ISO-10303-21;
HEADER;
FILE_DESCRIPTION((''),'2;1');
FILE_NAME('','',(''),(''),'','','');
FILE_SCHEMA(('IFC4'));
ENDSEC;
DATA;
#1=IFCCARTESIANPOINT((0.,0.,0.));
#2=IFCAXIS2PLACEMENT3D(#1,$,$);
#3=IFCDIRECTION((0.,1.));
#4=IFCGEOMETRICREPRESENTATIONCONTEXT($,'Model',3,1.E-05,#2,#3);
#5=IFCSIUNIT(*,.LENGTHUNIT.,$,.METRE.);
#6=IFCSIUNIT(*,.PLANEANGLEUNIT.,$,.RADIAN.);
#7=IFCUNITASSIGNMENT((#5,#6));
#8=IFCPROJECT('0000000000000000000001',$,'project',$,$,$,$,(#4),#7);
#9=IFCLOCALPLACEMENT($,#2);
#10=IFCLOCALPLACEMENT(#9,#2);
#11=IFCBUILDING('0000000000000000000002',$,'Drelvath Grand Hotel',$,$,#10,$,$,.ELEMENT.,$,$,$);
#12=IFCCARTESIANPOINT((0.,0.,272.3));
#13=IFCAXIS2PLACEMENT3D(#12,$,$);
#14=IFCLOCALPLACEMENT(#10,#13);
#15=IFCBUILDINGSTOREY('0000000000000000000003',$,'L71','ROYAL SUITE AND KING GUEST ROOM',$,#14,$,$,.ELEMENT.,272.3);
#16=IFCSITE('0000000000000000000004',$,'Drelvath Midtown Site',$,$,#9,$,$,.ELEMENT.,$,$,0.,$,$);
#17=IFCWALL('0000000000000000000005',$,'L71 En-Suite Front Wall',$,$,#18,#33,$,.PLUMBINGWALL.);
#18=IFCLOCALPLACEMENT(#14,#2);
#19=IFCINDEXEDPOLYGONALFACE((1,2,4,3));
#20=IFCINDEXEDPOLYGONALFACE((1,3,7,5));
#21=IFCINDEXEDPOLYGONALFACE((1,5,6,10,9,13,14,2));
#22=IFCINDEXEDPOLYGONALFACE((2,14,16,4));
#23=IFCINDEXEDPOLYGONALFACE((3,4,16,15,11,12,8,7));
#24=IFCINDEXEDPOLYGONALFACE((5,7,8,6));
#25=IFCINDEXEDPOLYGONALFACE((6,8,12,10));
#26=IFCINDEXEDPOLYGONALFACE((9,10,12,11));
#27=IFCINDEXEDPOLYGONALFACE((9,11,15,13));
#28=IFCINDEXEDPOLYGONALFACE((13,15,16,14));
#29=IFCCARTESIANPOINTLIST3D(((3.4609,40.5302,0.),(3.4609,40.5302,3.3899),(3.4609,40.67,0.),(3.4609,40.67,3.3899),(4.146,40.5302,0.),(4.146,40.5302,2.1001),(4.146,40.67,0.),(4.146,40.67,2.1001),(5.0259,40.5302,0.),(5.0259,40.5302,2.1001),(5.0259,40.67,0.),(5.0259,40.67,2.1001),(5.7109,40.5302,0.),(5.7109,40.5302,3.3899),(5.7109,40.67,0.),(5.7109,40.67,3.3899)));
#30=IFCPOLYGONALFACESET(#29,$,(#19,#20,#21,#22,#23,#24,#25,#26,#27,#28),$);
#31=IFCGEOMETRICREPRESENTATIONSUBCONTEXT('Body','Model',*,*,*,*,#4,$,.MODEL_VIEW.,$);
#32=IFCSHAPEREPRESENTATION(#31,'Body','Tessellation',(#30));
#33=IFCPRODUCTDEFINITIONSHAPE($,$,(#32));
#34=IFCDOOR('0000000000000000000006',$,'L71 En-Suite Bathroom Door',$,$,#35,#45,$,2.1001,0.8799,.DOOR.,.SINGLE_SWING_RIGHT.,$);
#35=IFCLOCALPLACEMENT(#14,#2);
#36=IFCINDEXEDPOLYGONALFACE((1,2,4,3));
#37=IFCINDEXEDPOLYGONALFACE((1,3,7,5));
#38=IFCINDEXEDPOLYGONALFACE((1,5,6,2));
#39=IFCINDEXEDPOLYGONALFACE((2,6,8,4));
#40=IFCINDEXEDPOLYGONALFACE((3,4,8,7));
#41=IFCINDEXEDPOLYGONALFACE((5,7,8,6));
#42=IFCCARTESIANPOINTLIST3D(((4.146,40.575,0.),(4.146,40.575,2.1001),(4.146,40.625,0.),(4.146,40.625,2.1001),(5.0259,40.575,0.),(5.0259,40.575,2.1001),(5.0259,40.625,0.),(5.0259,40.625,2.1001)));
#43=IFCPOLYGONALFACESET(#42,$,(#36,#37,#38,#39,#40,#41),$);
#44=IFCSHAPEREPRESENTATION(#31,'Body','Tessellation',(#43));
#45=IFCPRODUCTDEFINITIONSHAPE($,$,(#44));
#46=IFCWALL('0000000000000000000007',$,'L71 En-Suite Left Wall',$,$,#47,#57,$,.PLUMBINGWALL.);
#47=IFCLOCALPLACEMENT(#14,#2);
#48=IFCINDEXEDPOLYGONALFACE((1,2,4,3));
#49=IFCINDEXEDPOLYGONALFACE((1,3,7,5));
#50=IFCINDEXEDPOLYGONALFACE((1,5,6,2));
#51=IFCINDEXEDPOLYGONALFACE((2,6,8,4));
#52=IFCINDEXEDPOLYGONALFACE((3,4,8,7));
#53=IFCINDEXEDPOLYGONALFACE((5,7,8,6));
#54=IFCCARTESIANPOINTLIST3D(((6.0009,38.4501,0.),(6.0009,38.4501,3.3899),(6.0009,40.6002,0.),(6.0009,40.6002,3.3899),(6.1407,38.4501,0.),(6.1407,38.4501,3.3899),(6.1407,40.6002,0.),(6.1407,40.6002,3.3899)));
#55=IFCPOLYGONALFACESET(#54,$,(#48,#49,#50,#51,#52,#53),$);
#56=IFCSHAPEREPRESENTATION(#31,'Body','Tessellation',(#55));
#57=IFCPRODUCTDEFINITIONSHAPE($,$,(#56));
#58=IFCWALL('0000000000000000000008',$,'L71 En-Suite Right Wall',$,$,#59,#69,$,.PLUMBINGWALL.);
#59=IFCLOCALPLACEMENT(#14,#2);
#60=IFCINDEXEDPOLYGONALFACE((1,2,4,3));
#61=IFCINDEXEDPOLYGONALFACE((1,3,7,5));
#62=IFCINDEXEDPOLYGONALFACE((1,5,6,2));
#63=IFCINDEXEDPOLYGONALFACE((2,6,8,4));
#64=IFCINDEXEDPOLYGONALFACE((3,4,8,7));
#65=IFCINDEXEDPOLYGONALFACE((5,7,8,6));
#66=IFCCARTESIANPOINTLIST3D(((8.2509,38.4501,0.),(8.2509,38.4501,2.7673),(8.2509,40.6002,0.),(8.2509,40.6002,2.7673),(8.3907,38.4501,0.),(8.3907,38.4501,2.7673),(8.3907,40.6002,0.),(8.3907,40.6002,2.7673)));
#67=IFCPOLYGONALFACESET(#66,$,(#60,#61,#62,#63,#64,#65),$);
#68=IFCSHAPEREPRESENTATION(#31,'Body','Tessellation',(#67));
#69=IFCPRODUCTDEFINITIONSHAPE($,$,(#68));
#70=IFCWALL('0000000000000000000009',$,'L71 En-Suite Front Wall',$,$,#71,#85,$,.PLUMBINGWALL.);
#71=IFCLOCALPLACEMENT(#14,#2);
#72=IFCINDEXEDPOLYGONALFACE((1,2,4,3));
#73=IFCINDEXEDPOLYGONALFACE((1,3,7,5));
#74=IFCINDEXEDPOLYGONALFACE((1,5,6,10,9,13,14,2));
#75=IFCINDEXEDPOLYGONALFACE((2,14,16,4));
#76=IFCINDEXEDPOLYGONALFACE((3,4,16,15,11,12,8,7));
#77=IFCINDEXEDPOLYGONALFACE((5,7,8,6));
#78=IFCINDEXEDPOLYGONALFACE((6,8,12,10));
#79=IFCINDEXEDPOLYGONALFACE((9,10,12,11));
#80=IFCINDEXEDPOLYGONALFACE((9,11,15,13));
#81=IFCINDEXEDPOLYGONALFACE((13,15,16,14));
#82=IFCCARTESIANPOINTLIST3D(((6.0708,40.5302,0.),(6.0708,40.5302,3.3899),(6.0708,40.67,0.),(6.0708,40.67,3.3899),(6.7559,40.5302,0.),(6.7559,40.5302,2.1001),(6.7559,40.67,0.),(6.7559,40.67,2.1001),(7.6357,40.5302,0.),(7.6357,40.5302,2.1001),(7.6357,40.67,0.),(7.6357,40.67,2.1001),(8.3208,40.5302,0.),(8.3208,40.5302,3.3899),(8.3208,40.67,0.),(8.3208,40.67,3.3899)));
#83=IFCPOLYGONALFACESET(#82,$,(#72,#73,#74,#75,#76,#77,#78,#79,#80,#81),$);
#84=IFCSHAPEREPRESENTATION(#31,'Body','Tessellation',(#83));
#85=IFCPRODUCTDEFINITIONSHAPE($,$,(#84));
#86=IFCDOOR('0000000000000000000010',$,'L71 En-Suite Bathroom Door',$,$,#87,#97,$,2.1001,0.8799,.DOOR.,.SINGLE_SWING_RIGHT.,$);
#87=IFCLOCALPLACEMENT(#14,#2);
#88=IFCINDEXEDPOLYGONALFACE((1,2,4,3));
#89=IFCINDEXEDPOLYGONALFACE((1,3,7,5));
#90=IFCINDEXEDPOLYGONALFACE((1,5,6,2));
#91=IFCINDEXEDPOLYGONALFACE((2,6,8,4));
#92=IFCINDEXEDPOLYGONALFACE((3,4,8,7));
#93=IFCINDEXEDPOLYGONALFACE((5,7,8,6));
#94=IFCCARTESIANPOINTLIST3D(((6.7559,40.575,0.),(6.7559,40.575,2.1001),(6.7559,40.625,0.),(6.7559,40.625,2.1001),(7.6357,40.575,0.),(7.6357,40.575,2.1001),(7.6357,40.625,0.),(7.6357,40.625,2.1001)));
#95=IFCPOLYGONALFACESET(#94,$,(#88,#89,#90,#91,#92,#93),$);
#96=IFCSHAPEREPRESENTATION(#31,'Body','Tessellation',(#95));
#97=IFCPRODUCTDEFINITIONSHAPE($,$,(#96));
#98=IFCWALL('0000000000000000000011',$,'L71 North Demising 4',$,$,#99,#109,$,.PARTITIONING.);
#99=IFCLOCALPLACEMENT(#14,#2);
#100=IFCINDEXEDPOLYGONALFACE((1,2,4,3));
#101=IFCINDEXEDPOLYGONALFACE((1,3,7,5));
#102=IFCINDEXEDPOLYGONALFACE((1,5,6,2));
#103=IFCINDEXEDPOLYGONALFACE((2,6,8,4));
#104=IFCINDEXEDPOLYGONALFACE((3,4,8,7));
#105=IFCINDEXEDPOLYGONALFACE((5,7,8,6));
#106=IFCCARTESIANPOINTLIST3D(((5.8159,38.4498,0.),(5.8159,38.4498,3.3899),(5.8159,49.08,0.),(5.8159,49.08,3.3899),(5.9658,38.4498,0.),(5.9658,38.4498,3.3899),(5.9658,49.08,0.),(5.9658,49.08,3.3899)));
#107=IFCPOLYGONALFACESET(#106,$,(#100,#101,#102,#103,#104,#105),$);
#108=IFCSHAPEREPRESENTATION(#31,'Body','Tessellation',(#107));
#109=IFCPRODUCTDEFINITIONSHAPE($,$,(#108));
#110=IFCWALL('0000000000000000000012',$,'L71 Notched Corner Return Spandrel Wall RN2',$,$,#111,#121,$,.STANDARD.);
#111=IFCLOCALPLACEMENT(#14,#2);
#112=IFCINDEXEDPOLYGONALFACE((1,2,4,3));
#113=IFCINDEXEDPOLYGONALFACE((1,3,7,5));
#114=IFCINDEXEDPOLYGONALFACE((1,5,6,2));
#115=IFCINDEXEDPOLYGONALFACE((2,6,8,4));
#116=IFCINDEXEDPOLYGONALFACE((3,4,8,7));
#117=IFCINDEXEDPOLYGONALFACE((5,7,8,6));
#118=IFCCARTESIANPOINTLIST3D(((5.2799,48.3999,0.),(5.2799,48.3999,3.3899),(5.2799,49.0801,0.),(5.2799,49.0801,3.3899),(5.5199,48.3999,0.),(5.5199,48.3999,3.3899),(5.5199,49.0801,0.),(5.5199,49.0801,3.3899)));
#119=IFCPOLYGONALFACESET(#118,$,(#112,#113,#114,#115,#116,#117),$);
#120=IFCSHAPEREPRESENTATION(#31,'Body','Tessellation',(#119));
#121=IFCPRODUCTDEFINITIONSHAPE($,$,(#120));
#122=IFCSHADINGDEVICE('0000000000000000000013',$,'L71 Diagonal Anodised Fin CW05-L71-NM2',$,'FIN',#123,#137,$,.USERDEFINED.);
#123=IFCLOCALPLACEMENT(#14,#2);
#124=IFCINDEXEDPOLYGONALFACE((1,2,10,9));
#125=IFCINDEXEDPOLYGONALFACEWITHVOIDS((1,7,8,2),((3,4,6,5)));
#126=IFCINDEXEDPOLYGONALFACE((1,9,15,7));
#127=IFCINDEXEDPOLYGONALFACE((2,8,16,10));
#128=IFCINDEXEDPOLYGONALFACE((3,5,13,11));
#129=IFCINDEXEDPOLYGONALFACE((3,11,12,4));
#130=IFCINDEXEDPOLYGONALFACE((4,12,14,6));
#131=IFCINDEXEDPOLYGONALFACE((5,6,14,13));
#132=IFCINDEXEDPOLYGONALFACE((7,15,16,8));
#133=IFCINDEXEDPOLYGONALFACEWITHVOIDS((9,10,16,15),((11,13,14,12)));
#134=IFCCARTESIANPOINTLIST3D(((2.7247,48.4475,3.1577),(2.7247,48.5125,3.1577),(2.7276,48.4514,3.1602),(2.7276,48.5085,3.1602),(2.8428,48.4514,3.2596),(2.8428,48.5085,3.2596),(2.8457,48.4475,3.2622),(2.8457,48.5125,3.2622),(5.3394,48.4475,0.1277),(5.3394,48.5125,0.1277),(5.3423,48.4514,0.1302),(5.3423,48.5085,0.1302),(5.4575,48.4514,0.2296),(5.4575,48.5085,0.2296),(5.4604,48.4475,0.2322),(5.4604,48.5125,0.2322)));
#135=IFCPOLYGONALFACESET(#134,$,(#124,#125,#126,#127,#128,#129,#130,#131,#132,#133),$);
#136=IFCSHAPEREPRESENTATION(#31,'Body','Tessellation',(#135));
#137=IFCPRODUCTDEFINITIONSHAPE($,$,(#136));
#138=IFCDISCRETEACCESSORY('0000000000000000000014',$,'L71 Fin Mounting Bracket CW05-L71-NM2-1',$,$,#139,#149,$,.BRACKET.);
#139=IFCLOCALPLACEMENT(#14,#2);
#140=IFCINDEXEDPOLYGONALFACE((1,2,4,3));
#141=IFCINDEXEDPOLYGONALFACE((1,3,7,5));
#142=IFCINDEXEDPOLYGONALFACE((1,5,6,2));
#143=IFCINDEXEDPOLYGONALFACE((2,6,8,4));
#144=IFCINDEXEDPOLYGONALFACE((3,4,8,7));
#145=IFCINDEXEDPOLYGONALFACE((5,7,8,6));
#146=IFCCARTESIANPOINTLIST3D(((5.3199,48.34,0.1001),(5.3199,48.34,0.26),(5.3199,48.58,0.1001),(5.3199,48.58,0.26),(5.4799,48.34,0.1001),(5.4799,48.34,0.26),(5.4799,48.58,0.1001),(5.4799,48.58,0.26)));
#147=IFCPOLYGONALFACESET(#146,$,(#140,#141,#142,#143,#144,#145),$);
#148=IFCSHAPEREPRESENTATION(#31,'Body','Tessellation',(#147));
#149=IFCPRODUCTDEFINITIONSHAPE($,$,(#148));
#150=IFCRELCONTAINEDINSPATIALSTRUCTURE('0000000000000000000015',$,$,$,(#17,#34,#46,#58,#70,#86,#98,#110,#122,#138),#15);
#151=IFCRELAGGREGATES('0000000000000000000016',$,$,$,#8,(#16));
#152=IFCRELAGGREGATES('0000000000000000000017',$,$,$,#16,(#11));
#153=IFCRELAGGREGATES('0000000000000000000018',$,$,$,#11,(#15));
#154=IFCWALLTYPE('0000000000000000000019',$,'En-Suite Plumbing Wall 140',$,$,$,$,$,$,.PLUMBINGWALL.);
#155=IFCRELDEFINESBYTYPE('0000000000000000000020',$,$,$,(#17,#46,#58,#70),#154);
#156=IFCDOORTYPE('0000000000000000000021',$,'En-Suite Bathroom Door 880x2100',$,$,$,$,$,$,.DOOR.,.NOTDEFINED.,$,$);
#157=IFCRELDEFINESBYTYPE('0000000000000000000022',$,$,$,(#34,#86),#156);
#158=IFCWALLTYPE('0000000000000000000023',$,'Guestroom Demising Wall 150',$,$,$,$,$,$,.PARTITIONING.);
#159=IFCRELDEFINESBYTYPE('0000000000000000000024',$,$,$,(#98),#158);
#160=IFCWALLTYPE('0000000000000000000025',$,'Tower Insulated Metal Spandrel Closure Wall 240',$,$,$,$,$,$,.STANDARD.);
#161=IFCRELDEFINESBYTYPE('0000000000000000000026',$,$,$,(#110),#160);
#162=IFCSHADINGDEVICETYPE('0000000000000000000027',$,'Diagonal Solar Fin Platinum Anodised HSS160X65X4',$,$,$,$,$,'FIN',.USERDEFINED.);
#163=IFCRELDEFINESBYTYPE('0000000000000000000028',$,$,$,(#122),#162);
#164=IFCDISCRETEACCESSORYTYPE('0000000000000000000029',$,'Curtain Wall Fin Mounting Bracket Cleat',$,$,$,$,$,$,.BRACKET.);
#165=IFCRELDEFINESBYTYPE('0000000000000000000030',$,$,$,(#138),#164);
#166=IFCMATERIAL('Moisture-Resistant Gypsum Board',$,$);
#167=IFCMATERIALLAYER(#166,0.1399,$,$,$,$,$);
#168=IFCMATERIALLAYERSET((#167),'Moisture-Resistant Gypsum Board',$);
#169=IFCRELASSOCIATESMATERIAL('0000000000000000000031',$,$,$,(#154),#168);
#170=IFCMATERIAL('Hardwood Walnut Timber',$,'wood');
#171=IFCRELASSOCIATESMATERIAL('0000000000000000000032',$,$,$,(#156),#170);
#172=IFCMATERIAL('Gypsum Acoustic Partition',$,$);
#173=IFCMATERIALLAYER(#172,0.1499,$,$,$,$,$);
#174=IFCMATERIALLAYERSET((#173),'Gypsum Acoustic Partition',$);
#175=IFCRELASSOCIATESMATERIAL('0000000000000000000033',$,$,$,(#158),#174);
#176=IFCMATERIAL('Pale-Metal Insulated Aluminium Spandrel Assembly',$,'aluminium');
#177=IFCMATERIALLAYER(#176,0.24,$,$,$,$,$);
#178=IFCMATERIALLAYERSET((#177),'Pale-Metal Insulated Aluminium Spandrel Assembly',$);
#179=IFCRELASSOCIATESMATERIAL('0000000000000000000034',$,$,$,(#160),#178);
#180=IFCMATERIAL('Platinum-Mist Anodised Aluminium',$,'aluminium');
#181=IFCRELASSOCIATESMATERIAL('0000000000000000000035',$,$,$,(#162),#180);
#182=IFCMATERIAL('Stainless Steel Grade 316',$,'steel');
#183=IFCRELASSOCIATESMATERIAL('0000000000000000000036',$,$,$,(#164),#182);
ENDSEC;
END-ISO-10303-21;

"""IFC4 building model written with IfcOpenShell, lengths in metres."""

from ifc_helpers import new_model, si_unit, direction, frame, frame_2d, origin, origin_2d, place, context, subcontext, project, spatial, rectangle, hollow_rectangle, extrude, material, layer, layer_set, material_profile, profile_set, type_object, element, fill, save


model = new_model("IFC4")

# Units and contexts
model_context = context("Model", 3, precision=1e-05, world=origin(), true_north=direction((0.0, 1.0)))
body_context = subcontext(model_context, "Body", "Model", "MODEL_VIEW")
ifc_project = project(units=[si_unit("LENGTHUNIT", "METRE"), si_unit("PLANEANGLEUNIT", "RADIAN")], contexts=[model_context])

# Site, building, storey
site_placement = place(None, origin())
site = spatial("IfcSite", under=ifc_project, at=site_placement, Name="Drelvath Midtown Site", CompositionType="ELEMENT", RefElevation=0.0)
building_placement = place(site_placement, origin())
building = spatial("IfcBuilding", under=site, at=building_placement, Name="Drelvath Grand Hotel", CompositionType="ELEMENT")
storey_placement = place(building_placement, frame((0.0, 0.0, 272.3)))
storey = spatial("IfcBuildingStorey", under=building, at=storey_placement, Name="L71", Description="ROYAL SUITE AND KING GUEST ROOM", CompositionType="ELEMENT", Elevation=272.3)

# Wall, opening, door
ifc_material_1 = material(Name="Moisture-Resistant Gypsum Board")
ifc_layer_1 = layer(ifc_material_1, 0.1399)
ifc_layer_set_1 = layer_set([ifc_layer_1], Name="Moisture-Resistant Gypsum Board")
wall_type_1 = type_object("IfcWallType", Name="En-Suite Plumbing Wall 140", PredefinedType="PLUMBINGWALL", material=ifc_layer_set_1)
wall_1_placement = place(storey_placement, frame((3.4609, 40.6001, 0.0), z_axis=(0.0, 0.0, 1.0), x_axis=(1.0, 0.0, 0.0)))
wall_1 = element("IfcWall", 1, at=wall_1_placement, inside=storey, type_object=wall_type_1, Name="L71 En-Suite Front Wall", PredefinedType="PLUMBINGWALL", context=body_context, shape_type="SweptSolid", body=[
    extrude(rectangle(XDim=2.25, YDim=0.1399, at=frame_2d((1.125, 0.0))), origin(), (0.0, 0.0, 1.0), 3.3899),
])
opening_1_placement = place(wall_1_placement, frame((0.6851, 0.0, 0.0)))
opening_1 = element("IfcOpeningElement", 2, at=opening_1_placement, cuts=wall_1, PredefinedType="OPENING", context=body_context, shape_type="SweptSolid", body=[
    extrude(rectangle(XDim=0.8799, YDim=2.1001, at=frame_2d((0.4399, 1.05))), frame((0.0, 0.0798, 0.0), z_axis=(0.0, -1.0, 0.0), x_axis=(1.0, 0.0, 0.0)), (0.0, 0.0, 1.0), 0.1599),
])
ifc_material_2 = material(Name="Hardwood Walnut Timber", Category="wood")
door_type = type_object("IfcDoorType", Name="En-Suite Bathroom Door 880x2100", OperationType="NOTDEFINED", PredefinedType="DOOR", material=ifc_material_2)
door_1_placement = place(opening_1_placement, origin())
door_1 = element("IfcDoor", 3, at=door_1_placement, inside=storey, type_object=door_type, Name="L71 En-Suite Bathroom Door", OperationType="SINGLE_SWING_RIGHT", OverallHeight=2.1001, OverallWidth=0.8799, PredefinedType="DOOR", context=body_context, shape_type="SweptSolid", body=[
    extrude(rectangle(XDim=0.8799, YDim=2.1001, at=frame_2d((0.4399, 1.05))), frame((0.0, 0.0249, 0.0), z_axis=(0.0, -1.0, 0.0), x_axis=(1.0, 0.0, 0.0)), (0.0, 0.0, 1.0), 0.05),
])
fill(opening_1, door_1)

# Walls
wall_2_placement = place(storey_placement, frame((6.0708, 38.45, 0.0), z_axis=(0.0, 0.0, 1.0), x_axis=(0.0, 1.0, 0.0)))
element("IfcWall", 4, at=wall_2_placement, inside=storey, type_object=wall_type_1, Name="L71 En-Suite Left Wall", PredefinedType="PLUMBINGWALL", context=body_context, shape_type="SweptSolid", body=[
    extrude(rectangle(XDim=2.1501, YDim=0.1399, at=frame_2d((1.0752, 0.0))), origin(), (0.0, 0.0, 1.0), 3.3899),
])
wall_3_placement = place(storey_placement, frame((8.3208, 38.45, 0.0), z_axis=(0.0, 0.0, 1.0), x_axis=(0.0, 1.0, 0.0)))
element("IfcWall", 5, at=wall_3_placement, inside=storey, type_object=wall_type_1, Name="L71 En-Suite Right Wall", PredefinedType="PLUMBINGWALL", context=body_context, shape_type="SweptSolid", body=[
    extrude(rectangle(XDim=2.1501, YDim=0.1399, at=frame_2d((1.0752, 0.0))), origin(), (0.0, 0.0, 1.0), 2.7673),
])

# Wall, opening, door
wall_4_placement = place(storey_placement, frame((6.0708, 40.6001, 0.0), z_axis=(0.0, 0.0, 1.0), x_axis=(1.0, 0.0, 0.0)))
wall_4 = element("IfcWall", 6, at=wall_4_placement, inside=storey, type_object=wall_type_1, Name="L71 En-Suite Front Wall", PredefinedType="PLUMBINGWALL", context=body_context, shape_type="SweptSolid", body=[
    extrude(rectangle(XDim=2.25, YDim=0.1399, at=frame_2d((1.125, 0.0))), origin(), (0.0, 0.0, 1.0), 3.3899),
])
opening_2_placement = place(wall_4_placement, frame((0.6851, 0.0, 0.0)))
opening_2 = element("IfcOpeningElement", 7, at=opening_2_placement, cuts=wall_4, PredefinedType="OPENING", context=body_context, shape_type="SweptSolid", body=[
    extrude(rectangle(XDim=0.8799, YDim=2.1001, at=frame_2d((0.4399, 1.05))), frame((0.0, 0.0798, 0.0), z_axis=(0.0, -1.0, 0.0), x_axis=(1.0, 0.0, 0.0)), (0.0, 0.0, 1.0), 0.1599),
])
door_2_placement = place(opening_2_placement, origin())
door_2 = element("IfcDoor", 8, at=door_2_placement, inside=storey, type_object=door_type, Name="L71 En-Suite Bathroom Door", OperationType="SINGLE_SWING_RIGHT", OverallHeight=2.1001, OverallWidth=0.8799, PredefinedType="DOOR", context=body_context, shape_type="SweptSolid", body=[
    extrude(rectangle(XDim=0.8799, YDim=2.1001, at=frame_2d((0.4399, 1.05))), frame((0.0, 0.0249, 0.0), z_axis=(0.0, -1.0, 0.0), x_axis=(1.0, 0.0, 0.0)), (0.0, 0.0, 1.0), 0.05),
])
fill(opening_2, door_2)

# Walls
ifc_material_3 = material(Name="Gypsum Acoustic Partition")
ifc_layer_2 = layer(ifc_material_3, 0.1499)
ifc_layer_set_2 = layer_set([ifc_layer_2], Name="Gypsum Acoustic Partition")
wall_type_2 = type_object("IfcWallType", Name="Guestroom Demising Wall 150", PredefinedType="PARTITIONING", material=ifc_layer_set_2)
wall_5_placement = place(storey_placement, frame((5.8909, 38.45, 0.0), z_axis=(0.0, 0.0, 1.0), x_axis=(0.0, 1.0, 0.0)))
element("IfcWall", 9, at=wall_5_placement, inside=storey, type_object=wall_type_2, Name="L71 North Demising 4", PredefinedType="PARTITIONING", context=body_context, shape_type="SweptSolid", body=[
    extrude(rectangle(XDim=10.6301, YDim=0.1499, at=frame_2d((5.3149, 0.0))), origin(), (0.0, 0.0, 1.0), 3.3899),
])
ifc_material_4 = material(Name="Pale-Metal Insulated Aluminium Spandrel Assembly", Category="aluminium")
ifc_layer_3 = layer(ifc_material_4, 0.24)
ifc_layer_set_3 = layer_set([ifc_layer_3], Name="Pale-Metal Insulated Aluminium Spandrel Assembly")
wall_type_3 = type_object("IfcWallType", Name="Tower Insulated Metal Spandrel Closure Wall 240", PredefinedType="STANDARD", material=ifc_layer_set_3)
wall_6_placement = place(storey_placement, frame((5.3999, 48.3999, 0.0), z_axis=(0.0, 0.0, 1.0), x_axis=(0.0, 1.0, 0.0)))
element("IfcWall", 10, at=wall_6_placement, inside=storey, type_object=wall_type_3, Name="L71 Notched Corner Return Spandrel Wall RN2", PredefinedType="STANDARD", context=body_context, shape_type="SweptSolid", body=[
    extrude(rectangle(XDim=0.6802, YDim=0.24, at=frame_2d((0.3401, 0.0))), origin(), (0.0, 0.0, 1.0), 3.3899),
])

# Shading device
ifc_material_5 = material(Name="Platinum-Mist Anodised Aluminium", Category="aluminium")
ifc_material_profile_1 = material_profile(ifc_material_5, hollow_rectangle(XDim=0.0649, YDim=0.1599, WallThickness=0.0039, at=origin_2d()), Name="HSS160X65X4")
ifc_profile_set_1 = profile_set([ifc_material_profile_1], Name="Platinum-Mist Anodised Aluminium")
shading_device_type = type_object("IfcShadingDeviceType", Name="Diagonal Solar Fin Platinum Anodised HSS160X65X4", ElementType="FIN", PredefinedType="USERDEFINED", material=ifc_profile_set_1)
shading_device_placement = place(storey_placement, frame((5.3999, 48.48, 0.1799), z_axis=(-0.65332, 0.0, 0.757082), x_axis=(0.0, -1.0, 0.0)))
element("IfcShadingDevice", 11, at=shading_device_placement, inside=storey, type_object=shading_device_type, Name="L71 Diagonal Anodised Fin CW05-L71-NM2", ObjectType="FIN", PredefinedType="USERDEFINED", context=body_context, shape_type="SweptSolid", body=[
    extrude(hollow_rectangle(XDim=0.0649, YDim=0.1599, WallThickness=0.0039, at=origin_2d()), origin(), (0.0, 0.0, 1.0), 4.0022),
])

# Discrete accessory
ifc_material_6 = material(Name="Stainless Steel Grade 316", Category="steel")
discrete_accessory_type = type_object("IfcDiscreteAccessoryType", Name="Curtain Wall Fin Mounting Bracket Cleat", PredefinedType="BRACKET", material=ifc_material_6)
discrete_accessory_placement = place(storey_placement, frame((5.3999, 48.46, 0.1001), z_axis=(0.0, 0.0, 1.0), x_axis=(1.0, 0.0, 0.0)))
element("IfcDiscreteAccessory", 12, at=discrete_accessory_placement, inside=storey, type_object=discrete_accessory_type, Name="L71 Fin Mounting Bracket CW05-L71-NM2-1", PredefinedType="BRACKET", context=body_context, shape_type="SweptSolid", body=[
    extrude(rectangle(XDim=0.1599, YDim=0.24, at=origin_2d()), origin(), (0.0, 0.0, 1.0), 0.1599),
])

save(model, "model.ifc")
